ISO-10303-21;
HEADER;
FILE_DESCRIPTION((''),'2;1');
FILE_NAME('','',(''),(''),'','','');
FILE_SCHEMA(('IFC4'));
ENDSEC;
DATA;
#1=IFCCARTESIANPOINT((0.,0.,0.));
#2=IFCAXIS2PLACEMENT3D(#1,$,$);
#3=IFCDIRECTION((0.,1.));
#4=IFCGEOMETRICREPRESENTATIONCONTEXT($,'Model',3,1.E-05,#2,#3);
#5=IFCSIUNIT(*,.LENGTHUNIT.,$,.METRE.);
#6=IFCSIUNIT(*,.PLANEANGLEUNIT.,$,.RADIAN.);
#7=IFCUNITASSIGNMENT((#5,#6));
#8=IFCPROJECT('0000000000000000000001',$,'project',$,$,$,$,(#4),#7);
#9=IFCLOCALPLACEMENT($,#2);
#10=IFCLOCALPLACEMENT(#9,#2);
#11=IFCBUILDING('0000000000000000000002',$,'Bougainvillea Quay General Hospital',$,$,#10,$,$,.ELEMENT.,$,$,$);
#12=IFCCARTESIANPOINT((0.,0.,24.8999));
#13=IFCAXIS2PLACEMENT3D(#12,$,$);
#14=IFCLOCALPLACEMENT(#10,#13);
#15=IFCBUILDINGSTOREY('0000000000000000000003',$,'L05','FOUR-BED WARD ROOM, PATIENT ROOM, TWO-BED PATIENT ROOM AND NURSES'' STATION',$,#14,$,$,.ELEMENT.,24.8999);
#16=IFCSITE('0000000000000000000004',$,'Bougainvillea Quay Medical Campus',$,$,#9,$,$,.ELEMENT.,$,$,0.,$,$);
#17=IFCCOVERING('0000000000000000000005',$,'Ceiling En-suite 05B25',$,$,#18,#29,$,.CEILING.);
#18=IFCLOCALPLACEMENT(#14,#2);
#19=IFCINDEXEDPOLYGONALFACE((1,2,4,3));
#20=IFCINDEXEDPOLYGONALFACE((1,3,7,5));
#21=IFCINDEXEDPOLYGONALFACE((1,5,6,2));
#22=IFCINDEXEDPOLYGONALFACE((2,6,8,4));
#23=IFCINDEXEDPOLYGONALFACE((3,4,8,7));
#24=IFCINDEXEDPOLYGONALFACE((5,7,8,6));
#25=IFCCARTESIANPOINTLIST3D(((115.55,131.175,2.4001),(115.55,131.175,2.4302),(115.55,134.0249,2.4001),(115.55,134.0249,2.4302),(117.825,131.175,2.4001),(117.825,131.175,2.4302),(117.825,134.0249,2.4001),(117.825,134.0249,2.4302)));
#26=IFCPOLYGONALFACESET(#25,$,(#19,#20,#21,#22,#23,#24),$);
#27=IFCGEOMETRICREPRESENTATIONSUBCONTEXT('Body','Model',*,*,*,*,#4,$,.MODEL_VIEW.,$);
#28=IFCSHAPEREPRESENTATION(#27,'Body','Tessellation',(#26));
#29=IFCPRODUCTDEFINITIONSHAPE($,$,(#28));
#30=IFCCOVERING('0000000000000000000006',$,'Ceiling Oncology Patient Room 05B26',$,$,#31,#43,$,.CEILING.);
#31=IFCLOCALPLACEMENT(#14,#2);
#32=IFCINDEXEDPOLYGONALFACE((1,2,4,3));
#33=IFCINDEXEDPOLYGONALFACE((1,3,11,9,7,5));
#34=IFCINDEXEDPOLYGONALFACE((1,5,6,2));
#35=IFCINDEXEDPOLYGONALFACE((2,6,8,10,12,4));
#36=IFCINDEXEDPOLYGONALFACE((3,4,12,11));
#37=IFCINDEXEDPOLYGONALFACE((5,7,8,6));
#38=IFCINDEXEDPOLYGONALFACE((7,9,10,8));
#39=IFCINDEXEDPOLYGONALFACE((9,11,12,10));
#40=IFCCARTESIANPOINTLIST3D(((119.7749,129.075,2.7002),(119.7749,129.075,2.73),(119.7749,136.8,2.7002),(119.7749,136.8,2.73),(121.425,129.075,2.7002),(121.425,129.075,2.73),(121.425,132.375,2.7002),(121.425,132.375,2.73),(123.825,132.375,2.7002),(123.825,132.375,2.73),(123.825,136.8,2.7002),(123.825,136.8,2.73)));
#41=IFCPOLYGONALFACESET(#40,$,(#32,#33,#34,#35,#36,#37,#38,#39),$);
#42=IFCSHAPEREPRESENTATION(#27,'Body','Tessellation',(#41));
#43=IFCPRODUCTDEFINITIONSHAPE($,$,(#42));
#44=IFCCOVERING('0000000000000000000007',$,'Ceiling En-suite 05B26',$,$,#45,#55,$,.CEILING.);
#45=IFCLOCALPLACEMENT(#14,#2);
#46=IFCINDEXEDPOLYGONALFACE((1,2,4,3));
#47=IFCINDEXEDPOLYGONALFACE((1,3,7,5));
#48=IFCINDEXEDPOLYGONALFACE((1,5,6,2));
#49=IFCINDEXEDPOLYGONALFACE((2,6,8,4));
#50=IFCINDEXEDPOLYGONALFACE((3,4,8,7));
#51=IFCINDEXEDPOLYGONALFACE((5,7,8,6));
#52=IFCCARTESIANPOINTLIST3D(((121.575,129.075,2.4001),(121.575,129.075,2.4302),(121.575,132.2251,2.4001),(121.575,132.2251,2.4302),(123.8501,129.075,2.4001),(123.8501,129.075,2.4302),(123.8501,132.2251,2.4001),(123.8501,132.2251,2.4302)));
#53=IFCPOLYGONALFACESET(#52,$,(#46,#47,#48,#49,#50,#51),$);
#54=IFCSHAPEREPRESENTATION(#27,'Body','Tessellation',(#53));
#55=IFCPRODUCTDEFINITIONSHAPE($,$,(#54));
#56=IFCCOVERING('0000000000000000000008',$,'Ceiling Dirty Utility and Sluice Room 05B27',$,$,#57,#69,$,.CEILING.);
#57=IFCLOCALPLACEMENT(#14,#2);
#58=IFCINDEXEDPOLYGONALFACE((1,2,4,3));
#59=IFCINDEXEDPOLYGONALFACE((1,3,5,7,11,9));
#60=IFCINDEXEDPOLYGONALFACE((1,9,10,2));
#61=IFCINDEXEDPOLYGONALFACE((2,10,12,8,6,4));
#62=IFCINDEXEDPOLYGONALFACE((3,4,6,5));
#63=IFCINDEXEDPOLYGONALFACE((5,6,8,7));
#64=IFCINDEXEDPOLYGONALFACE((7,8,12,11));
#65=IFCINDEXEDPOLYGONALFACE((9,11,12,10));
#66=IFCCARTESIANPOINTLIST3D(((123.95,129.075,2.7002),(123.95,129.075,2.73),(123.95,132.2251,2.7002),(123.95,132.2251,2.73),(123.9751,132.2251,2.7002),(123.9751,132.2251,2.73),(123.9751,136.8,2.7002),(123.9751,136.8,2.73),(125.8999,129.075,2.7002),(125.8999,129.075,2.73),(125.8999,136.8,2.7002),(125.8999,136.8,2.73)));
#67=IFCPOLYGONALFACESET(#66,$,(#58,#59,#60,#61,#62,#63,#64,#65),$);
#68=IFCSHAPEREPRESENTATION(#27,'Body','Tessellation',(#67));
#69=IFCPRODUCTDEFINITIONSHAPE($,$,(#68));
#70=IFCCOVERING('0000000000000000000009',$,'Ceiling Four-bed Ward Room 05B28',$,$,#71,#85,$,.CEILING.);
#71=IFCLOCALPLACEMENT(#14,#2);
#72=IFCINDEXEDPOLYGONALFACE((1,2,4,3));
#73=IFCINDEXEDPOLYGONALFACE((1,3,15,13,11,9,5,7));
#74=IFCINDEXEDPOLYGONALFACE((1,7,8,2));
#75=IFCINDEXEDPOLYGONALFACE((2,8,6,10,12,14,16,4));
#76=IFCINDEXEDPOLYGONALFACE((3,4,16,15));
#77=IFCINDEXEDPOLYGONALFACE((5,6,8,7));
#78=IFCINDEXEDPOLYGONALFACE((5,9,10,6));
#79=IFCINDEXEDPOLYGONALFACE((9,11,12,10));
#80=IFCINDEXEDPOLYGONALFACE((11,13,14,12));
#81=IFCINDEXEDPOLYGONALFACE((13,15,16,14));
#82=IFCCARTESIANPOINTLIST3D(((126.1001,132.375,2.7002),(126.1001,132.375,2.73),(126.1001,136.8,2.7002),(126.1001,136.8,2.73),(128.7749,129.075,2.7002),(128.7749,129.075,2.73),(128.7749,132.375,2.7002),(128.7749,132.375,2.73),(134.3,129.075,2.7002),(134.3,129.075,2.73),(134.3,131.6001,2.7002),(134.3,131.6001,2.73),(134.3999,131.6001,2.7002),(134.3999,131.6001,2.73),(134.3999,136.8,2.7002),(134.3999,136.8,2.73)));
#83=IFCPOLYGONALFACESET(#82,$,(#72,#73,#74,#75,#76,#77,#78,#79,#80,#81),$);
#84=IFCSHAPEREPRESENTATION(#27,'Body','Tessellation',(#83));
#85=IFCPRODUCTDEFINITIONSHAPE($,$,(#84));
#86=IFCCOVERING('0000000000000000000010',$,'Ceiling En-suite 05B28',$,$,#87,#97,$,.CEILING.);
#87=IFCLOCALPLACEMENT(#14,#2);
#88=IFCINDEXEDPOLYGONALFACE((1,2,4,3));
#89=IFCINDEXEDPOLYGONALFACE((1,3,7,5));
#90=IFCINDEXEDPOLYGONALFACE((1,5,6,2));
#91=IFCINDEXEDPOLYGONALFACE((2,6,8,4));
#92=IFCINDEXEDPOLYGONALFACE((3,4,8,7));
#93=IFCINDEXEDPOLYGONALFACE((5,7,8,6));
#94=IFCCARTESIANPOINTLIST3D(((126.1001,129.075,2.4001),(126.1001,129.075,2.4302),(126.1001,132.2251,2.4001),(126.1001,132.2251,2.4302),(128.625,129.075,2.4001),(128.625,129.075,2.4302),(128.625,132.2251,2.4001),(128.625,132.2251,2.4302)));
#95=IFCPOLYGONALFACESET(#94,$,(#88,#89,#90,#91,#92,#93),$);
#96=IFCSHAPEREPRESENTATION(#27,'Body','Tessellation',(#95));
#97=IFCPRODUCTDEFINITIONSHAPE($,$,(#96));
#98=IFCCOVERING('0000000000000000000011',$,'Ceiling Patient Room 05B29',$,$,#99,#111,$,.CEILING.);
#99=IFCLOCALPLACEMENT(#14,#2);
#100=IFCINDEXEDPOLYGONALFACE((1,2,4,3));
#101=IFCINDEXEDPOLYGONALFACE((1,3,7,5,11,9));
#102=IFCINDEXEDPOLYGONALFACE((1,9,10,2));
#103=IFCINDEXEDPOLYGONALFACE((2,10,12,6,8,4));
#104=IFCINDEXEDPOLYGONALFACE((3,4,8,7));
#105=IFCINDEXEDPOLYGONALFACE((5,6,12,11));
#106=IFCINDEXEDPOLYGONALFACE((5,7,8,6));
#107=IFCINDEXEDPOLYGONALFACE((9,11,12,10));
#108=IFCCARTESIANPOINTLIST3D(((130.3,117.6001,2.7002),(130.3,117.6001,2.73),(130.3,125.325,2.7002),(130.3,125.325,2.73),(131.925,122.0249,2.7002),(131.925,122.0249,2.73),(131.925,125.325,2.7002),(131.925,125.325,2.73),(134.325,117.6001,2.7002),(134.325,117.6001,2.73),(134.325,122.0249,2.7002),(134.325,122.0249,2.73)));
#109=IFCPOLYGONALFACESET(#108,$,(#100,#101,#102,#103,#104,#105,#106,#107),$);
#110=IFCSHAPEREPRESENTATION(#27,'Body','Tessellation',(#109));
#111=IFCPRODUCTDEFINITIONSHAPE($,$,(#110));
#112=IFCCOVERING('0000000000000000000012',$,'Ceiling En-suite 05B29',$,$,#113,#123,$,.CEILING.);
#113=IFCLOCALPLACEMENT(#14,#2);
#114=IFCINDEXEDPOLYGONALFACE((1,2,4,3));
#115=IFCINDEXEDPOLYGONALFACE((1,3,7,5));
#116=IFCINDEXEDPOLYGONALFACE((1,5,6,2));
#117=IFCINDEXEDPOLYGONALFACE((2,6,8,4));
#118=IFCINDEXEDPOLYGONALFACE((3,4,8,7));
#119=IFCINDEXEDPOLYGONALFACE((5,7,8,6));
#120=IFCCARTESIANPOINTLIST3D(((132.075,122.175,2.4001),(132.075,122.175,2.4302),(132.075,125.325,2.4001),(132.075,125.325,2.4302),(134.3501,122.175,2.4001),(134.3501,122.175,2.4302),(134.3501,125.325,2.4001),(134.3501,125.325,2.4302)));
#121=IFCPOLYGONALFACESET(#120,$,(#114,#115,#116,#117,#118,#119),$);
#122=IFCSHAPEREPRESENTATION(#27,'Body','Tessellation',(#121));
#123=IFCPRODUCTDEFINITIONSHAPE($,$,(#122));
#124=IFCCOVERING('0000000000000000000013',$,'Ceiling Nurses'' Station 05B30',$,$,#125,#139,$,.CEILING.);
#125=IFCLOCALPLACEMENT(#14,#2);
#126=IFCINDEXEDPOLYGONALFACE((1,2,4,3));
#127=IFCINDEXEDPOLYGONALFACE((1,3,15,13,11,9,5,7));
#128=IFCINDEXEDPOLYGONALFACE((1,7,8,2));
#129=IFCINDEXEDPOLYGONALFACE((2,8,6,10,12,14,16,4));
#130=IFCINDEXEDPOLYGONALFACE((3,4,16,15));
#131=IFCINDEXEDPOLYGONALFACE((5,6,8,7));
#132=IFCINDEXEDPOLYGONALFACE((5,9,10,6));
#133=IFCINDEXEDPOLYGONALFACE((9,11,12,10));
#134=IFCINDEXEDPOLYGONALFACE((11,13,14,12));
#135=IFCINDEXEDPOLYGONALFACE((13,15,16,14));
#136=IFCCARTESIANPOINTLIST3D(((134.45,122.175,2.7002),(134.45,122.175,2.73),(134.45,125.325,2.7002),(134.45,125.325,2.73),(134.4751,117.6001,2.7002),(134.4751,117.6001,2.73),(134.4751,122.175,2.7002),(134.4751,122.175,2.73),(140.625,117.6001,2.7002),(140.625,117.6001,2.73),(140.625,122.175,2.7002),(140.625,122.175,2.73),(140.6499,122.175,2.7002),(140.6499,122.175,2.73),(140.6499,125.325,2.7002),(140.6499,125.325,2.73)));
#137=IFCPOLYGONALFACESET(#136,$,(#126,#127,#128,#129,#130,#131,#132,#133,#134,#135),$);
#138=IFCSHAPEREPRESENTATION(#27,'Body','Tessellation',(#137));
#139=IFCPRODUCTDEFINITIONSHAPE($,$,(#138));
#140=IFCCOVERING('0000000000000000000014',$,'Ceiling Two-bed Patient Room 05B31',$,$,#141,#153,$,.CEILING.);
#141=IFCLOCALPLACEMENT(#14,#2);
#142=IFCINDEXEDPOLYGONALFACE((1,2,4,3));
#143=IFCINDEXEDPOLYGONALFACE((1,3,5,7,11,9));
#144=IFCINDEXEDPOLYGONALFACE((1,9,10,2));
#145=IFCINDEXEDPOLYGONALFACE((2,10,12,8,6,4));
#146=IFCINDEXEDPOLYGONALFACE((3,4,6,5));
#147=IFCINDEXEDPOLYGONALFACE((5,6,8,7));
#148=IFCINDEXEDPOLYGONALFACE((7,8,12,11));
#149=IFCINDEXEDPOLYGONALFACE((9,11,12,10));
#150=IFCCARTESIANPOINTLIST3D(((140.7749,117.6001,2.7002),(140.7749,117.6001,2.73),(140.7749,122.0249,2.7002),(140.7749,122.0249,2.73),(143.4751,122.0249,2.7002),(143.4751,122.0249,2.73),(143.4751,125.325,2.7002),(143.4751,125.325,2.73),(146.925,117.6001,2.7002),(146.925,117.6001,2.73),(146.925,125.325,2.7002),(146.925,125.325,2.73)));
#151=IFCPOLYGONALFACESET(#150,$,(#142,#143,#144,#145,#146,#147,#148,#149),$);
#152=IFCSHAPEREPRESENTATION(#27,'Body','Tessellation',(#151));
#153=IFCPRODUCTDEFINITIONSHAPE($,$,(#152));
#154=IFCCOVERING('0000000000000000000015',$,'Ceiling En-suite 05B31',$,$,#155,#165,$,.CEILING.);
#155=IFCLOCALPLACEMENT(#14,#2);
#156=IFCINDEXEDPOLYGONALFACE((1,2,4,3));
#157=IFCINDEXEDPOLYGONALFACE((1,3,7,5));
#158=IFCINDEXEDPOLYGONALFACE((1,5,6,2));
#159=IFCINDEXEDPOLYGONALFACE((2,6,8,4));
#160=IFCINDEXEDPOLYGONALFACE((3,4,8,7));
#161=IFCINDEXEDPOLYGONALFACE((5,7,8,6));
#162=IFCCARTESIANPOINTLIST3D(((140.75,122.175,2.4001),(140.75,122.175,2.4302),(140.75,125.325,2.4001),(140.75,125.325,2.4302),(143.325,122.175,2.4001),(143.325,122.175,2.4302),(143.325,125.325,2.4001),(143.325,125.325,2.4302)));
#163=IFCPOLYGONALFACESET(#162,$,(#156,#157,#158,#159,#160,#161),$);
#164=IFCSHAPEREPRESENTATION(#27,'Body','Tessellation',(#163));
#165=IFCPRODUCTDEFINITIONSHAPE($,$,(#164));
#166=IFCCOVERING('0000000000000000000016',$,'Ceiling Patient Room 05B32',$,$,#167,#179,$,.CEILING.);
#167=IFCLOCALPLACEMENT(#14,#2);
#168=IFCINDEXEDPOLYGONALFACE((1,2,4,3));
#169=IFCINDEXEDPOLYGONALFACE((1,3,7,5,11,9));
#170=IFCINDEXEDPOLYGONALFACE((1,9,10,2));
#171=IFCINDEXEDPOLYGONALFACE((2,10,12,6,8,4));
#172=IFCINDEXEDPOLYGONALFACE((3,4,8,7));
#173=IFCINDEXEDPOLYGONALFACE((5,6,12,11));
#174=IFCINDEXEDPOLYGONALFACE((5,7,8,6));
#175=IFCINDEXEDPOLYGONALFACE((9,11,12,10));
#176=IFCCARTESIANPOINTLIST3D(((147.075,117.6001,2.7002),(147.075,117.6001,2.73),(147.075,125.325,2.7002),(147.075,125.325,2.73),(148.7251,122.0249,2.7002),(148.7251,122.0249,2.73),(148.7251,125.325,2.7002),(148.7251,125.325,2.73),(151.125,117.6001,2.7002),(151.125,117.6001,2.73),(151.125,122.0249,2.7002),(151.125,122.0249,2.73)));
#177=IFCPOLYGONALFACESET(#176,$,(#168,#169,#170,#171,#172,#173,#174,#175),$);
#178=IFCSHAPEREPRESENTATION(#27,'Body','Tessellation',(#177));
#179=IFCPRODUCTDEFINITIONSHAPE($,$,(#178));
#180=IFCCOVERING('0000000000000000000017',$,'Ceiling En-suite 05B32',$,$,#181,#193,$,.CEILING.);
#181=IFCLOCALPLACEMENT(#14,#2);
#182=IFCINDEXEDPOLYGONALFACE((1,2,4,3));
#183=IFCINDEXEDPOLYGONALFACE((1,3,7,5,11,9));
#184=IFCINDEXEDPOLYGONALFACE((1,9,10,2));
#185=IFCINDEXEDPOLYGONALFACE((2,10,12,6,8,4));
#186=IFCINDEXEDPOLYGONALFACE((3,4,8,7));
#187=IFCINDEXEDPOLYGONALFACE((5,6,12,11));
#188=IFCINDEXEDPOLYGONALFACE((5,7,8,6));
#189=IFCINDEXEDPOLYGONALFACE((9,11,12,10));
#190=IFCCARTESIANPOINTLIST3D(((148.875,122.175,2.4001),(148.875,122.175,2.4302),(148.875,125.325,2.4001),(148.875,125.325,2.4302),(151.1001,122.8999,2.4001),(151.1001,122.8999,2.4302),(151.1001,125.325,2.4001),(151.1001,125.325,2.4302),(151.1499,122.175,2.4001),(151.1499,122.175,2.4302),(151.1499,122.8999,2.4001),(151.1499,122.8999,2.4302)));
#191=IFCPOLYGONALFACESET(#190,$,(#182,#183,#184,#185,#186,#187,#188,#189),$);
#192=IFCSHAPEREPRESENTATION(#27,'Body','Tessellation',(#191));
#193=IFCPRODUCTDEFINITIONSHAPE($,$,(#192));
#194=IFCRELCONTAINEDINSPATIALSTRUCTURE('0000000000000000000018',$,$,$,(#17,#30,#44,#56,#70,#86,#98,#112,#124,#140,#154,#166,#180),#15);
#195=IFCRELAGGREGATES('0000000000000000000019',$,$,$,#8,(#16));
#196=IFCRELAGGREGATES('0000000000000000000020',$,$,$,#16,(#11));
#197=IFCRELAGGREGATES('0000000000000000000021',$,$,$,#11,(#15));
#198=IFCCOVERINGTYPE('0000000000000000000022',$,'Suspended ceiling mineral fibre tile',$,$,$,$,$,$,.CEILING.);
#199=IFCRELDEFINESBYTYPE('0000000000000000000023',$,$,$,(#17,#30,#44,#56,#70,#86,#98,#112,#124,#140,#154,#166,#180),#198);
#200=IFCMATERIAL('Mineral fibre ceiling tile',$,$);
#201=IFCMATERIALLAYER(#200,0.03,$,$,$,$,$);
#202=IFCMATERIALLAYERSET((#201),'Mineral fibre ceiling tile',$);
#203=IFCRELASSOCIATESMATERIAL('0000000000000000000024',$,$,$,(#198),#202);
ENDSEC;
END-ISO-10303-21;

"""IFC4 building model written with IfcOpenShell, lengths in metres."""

from ifc_helpers import new_model, si_unit, direction, frame, origin, place, context, subcontext, project, spatial, polyline, outline, extrude, material, layer, layer_set, type_object, element, save


model = new_model("IFC4")

# Units and contexts
model_context = context("Model", 3, precision=1e-05, world=origin(), true_north=direction((0.0, 1.0)))
body_context = subcontext(model_context, "Body", "Model", "MODEL_VIEW")
ifc_project = project(units=[si_unit("LENGTHUNIT", "METRE"), si_unit("PLANEANGLEUNIT", "RADIAN")], contexts=[model_context])

# Site, building, storey
site_placement = place(None, origin())
site = spatial("IfcSite", under=ifc_project, at=site_placement, Name="Bougainvillea Quay Medical Campus", CompositionType="ELEMENT", RefElevation=0.0)
building_placement = place(site_placement, origin())
building = spatial("IfcBuilding", under=site, at=building_placement, Name="Bougainvillea Quay General Hospital", CompositionType="ELEMENT")
storey_placement = place(building_placement, frame((0.0, 0.0, 24.8999)))
storey = spatial("IfcBuildingStorey", under=building, at=storey_placement, Name="L05", Description="FOUR-BED WARD ROOM, PATIENT ROOM, TWO-BED PATIENT ROOM AND NURSES' STATION", CompositionType="ELEMENT", Elevation=24.8999)

# Coverings
ifc_material = material(Name="Mineral fibre ceiling tile")
ifc_layer = layer(ifc_material, 0.03)
ifc_layer_set = layer_set([ifc_layer], Name="Mineral fibre ceiling tile")
covering_type = type_object("IfcCoveringType", Name="Suspended ceiling mineral fibre tile", PredefinedType="CEILING", material=ifc_layer_set)
covering_1_placement = place(storey_placement, frame((0.0, 0.0, 2.4001)))
element("IfcCovering", 1, at=covering_1_placement, inside=storey, type_object=covering_type, Name="Ceiling En-suite 05B25", PredefinedType="CEILING", context=body_context, shape_type="SweptSolid", body=[
    extrude(outline(polyline([(115.55, 134.0249), (115.55, 131.175), (117.825, 131.175), (117.825, 134.0249), (115.55, 134.0249)])), origin(), (0.0, 0.0, 1.0), 0.03),
])
covering_2_placement = place(storey_placement, frame((0.0, 0.0, 2.7002)))
element("IfcCovering", 2, at=covering_2_placement, inside=storey, type_object=covering_type, Name="Ceiling Oncology Patient Room 05B26", PredefinedType="CEILING", context=body_context, shape_type="SweptSolid", body=[
    extrude(outline(polyline([(119.7749, 136.8), (119.7749, 129.075), (121.425, 129.075), (121.425, 132.375), (123.825, 132.375), (123.825, 136.8), (119.7749, 136.8)])), origin(), (0.0, 0.0, 1.0), 0.0298),
])
covering_3_placement = place(storey_placement, frame((0.0, 0.0, 2.4001)))
element("IfcCovering", 3, at=covering_3_placement, inside=storey, type_object=covering_type, Name="Ceiling En-suite 05B26", PredefinedType="CEILING", context=body_context, shape_type="SweptSolid", body=[
    extrude(outline(polyline([(121.575, 132.2251), (121.575, 129.075), (123.8501, 129.075), (123.8501, 132.2251), (121.575, 132.2251)])), origin(), (0.0, 0.0, 1.0), 0.03),
])
covering_4_placement = place(storey_placement, frame((0.0, 0.0, 2.7002)))
element("IfcCovering", 4, at=covering_4_placement, inside=storey, type_object=covering_type, Name="Ceiling Dirty Utility and Sluice Room 05B27", PredefinedType="CEILING", context=body_context, shape_type="SweptSolid", body=[
    extrude(outline(polyline([(123.9751, 136.8), (123.9751, 132.2251), (123.95, 132.2251), (123.95, 129.075), (125.8999, 129.075), (125.8999, 136.8), (123.9751, 136.8)])), origin(), (0.0, 0.0, 1.0), 0.0298),
])
covering_5_placement = place(storey_placement, frame((0.0, 0.0, 2.7002)))
element("IfcCovering", 5, at=covering_5_placement, inside=storey, type_object=covering_type, Name="Ceiling Four-bed Ward Room 05B28", PredefinedType="CEILING", context=body_context, shape_type="SweptSolid", body=[
    extrude(outline(polyline([(126.1001, 136.8), (126.1001, 132.375), (128.7749, 132.375), (128.7749, 129.075), (134.3, 129.075), (134.3, 131.6001), (134.3999, 131.6001), (134.3999, 136.8), (126.1001, 136.8)])), origin(), (0.0, 0.0, 1.0), 0.0298),
])
covering_6_placement = place(storey_placement, frame((0.0, 0.0, 2.4001)))
element("IfcCovering", 6, at=covering_6_placement, inside=storey, type_object=covering_type, Name="Ceiling En-suite 05B28", PredefinedType="CEILING", context=body_context, shape_type="SweptSolid", body=[
    extrude(outline(polyline([(126.1001, 132.2251), (126.1001, 129.075), (128.625, 129.075), (128.625, 132.2251), (126.1001, 132.2251)])), origin(), (0.0, 0.0, 1.0), 0.03),
])
covering_7_placement = place(storey_placement, frame((0.0, 0.0, 2.7002)))
element("IfcCovering", 7, at=covering_7_placement, inside=storey, type_object=covering_type, Name="Ceiling Patient Room 05B29", PredefinedType="CEILING", context=body_context, shape_type="SweptSolid", body=[
    extrude(outline(polyline([(134.325, 117.6001), (134.325, 122.0249), (131.925, 122.0249), (131.925, 125.325), (130.3, 125.325), (130.3, 117.6001), (134.325, 117.6001)])), origin(), (0.0, 0.0, 1.0), 0.0298),
])
covering_8_placement = place(storey_placement, frame((0.0, 0.0, 2.4001)))
element("IfcCovering", 8, at=covering_8_placement, inside=storey, type_object=covering_type, Name="Ceiling En-suite 05B29", PredefinedType="CEILING", context=body_context, shape_type="SweptSolid", body=[
    extrude(outline(polyline([(132.075, 125.325), (132.075, 122.175), (134.3501, 122.175), (134.3501, 125.325), (132.075, 125.325)])), origin(), (0.0, 0.0, 1.0), 0.03),
])
covering_9_placement = place(storey_placement, frame((0.0, 0.0, 2.7002)))
element("IfcCovering", 9, at=covering_9_placement, inside=storey, type_object=covering_type, Name="Ceiling Nurses' Station 05B30", PredefinedType="CEILING", context=body_context, shape_type="SweptSolid", body=[
    extrude(outline(polyline([(140.625, 117.6001), (140.625, 122.175), (140.6499, 122.175), (140.6499, 125.325), (134.45, 125.325), (134.45, 122.175), (134.4751, 122.175), (134.4751, 117.6001), (140.625, 117.6001)])), origin(), (0.0, 0.0, 1.0), 0.0298),
])
covering_10_placement = place(storey_placement, frame((0.0, 0.0, 2.7002)))
element("IfcCovering", 10, at=covering_10_placement, inside=storey, type_object=covering_type, Name="Ceiling Two-bed Patient Room 05B31", PredefinedType="CEILING", context=body_context, shape_type="SweptSolid", body=[
    extrude(outline(polyline([(146.925, 117.6001), (146.925, 125.325), (143.4751, 125.325), (143.4751, 122.0249), (140.7749, 122.0249), (140.7749, 117.6001), (146.925, 117.6001)])), origin(), (0.0, 0.0, 1.0), 0.0298),
])
covering_11_placement = place(storey_placement, frame((0.0, 0.0, 2.4001)))
element("IfcCovering", 11, at=covering_11_placement, inside=storey, type_object=covering_type, Name="Ceiling En-suite 05B31", PredefinedType="CEILING", context=body_context, shape_type="SweptSolid", body=[
    extrude(outline(polyline([(140.75, 125.325), (140.75, 122.175), (143.325, 122.175), (143.325, 125.325), (140.75, 125.325)])), origin(), (0.0, 0.0, 1.0), 0.03),
])
covering_12_placement = place(storey_placement, frame((0.0, 0.0, 2.7002)))
element("IfcCovering", 12, at=covering_12_placement, inside=storey, type_object=covering_type, Name="Ceiling Patient Room 05B32", PredefinedType="CEILING", context=body_context, shape_type="SweptSolid", body=[
    extrude(outline(polyline([(151.125, 117.6001), (151.125, 122.0249), (148.7251, 122.0249), (148.7251, 125.325), (147.075, 125.325), (147.075, 117.6001), (151.125, 117.6001)])), origin(), (0.0, 0.0, 1.0), 0.0298),
])
covering_13_placement = place(storey_placement, frame((0.0, 0.0, 2.4001)))
element("IfcCovering", 13, at=covering_13_placement, inside=storey, type_object=covering_type, Name="Ceiling En-suite 05B32", PredefinedType="CEILING", context=body_context, shape_type="SweptSolid", body=[
    extrude(outline(polyline([(151.1001, 125.325), (148.875, 125.325), (148.875, 122.175), (151.1499, 122.175), (151.1499, 122.8999), (151.1001, 122.8999), (151.1001, 125.325)])), origin(), (0.0, 0.0, 1.0), 0.03),
])

save(model, "model.ifc")
